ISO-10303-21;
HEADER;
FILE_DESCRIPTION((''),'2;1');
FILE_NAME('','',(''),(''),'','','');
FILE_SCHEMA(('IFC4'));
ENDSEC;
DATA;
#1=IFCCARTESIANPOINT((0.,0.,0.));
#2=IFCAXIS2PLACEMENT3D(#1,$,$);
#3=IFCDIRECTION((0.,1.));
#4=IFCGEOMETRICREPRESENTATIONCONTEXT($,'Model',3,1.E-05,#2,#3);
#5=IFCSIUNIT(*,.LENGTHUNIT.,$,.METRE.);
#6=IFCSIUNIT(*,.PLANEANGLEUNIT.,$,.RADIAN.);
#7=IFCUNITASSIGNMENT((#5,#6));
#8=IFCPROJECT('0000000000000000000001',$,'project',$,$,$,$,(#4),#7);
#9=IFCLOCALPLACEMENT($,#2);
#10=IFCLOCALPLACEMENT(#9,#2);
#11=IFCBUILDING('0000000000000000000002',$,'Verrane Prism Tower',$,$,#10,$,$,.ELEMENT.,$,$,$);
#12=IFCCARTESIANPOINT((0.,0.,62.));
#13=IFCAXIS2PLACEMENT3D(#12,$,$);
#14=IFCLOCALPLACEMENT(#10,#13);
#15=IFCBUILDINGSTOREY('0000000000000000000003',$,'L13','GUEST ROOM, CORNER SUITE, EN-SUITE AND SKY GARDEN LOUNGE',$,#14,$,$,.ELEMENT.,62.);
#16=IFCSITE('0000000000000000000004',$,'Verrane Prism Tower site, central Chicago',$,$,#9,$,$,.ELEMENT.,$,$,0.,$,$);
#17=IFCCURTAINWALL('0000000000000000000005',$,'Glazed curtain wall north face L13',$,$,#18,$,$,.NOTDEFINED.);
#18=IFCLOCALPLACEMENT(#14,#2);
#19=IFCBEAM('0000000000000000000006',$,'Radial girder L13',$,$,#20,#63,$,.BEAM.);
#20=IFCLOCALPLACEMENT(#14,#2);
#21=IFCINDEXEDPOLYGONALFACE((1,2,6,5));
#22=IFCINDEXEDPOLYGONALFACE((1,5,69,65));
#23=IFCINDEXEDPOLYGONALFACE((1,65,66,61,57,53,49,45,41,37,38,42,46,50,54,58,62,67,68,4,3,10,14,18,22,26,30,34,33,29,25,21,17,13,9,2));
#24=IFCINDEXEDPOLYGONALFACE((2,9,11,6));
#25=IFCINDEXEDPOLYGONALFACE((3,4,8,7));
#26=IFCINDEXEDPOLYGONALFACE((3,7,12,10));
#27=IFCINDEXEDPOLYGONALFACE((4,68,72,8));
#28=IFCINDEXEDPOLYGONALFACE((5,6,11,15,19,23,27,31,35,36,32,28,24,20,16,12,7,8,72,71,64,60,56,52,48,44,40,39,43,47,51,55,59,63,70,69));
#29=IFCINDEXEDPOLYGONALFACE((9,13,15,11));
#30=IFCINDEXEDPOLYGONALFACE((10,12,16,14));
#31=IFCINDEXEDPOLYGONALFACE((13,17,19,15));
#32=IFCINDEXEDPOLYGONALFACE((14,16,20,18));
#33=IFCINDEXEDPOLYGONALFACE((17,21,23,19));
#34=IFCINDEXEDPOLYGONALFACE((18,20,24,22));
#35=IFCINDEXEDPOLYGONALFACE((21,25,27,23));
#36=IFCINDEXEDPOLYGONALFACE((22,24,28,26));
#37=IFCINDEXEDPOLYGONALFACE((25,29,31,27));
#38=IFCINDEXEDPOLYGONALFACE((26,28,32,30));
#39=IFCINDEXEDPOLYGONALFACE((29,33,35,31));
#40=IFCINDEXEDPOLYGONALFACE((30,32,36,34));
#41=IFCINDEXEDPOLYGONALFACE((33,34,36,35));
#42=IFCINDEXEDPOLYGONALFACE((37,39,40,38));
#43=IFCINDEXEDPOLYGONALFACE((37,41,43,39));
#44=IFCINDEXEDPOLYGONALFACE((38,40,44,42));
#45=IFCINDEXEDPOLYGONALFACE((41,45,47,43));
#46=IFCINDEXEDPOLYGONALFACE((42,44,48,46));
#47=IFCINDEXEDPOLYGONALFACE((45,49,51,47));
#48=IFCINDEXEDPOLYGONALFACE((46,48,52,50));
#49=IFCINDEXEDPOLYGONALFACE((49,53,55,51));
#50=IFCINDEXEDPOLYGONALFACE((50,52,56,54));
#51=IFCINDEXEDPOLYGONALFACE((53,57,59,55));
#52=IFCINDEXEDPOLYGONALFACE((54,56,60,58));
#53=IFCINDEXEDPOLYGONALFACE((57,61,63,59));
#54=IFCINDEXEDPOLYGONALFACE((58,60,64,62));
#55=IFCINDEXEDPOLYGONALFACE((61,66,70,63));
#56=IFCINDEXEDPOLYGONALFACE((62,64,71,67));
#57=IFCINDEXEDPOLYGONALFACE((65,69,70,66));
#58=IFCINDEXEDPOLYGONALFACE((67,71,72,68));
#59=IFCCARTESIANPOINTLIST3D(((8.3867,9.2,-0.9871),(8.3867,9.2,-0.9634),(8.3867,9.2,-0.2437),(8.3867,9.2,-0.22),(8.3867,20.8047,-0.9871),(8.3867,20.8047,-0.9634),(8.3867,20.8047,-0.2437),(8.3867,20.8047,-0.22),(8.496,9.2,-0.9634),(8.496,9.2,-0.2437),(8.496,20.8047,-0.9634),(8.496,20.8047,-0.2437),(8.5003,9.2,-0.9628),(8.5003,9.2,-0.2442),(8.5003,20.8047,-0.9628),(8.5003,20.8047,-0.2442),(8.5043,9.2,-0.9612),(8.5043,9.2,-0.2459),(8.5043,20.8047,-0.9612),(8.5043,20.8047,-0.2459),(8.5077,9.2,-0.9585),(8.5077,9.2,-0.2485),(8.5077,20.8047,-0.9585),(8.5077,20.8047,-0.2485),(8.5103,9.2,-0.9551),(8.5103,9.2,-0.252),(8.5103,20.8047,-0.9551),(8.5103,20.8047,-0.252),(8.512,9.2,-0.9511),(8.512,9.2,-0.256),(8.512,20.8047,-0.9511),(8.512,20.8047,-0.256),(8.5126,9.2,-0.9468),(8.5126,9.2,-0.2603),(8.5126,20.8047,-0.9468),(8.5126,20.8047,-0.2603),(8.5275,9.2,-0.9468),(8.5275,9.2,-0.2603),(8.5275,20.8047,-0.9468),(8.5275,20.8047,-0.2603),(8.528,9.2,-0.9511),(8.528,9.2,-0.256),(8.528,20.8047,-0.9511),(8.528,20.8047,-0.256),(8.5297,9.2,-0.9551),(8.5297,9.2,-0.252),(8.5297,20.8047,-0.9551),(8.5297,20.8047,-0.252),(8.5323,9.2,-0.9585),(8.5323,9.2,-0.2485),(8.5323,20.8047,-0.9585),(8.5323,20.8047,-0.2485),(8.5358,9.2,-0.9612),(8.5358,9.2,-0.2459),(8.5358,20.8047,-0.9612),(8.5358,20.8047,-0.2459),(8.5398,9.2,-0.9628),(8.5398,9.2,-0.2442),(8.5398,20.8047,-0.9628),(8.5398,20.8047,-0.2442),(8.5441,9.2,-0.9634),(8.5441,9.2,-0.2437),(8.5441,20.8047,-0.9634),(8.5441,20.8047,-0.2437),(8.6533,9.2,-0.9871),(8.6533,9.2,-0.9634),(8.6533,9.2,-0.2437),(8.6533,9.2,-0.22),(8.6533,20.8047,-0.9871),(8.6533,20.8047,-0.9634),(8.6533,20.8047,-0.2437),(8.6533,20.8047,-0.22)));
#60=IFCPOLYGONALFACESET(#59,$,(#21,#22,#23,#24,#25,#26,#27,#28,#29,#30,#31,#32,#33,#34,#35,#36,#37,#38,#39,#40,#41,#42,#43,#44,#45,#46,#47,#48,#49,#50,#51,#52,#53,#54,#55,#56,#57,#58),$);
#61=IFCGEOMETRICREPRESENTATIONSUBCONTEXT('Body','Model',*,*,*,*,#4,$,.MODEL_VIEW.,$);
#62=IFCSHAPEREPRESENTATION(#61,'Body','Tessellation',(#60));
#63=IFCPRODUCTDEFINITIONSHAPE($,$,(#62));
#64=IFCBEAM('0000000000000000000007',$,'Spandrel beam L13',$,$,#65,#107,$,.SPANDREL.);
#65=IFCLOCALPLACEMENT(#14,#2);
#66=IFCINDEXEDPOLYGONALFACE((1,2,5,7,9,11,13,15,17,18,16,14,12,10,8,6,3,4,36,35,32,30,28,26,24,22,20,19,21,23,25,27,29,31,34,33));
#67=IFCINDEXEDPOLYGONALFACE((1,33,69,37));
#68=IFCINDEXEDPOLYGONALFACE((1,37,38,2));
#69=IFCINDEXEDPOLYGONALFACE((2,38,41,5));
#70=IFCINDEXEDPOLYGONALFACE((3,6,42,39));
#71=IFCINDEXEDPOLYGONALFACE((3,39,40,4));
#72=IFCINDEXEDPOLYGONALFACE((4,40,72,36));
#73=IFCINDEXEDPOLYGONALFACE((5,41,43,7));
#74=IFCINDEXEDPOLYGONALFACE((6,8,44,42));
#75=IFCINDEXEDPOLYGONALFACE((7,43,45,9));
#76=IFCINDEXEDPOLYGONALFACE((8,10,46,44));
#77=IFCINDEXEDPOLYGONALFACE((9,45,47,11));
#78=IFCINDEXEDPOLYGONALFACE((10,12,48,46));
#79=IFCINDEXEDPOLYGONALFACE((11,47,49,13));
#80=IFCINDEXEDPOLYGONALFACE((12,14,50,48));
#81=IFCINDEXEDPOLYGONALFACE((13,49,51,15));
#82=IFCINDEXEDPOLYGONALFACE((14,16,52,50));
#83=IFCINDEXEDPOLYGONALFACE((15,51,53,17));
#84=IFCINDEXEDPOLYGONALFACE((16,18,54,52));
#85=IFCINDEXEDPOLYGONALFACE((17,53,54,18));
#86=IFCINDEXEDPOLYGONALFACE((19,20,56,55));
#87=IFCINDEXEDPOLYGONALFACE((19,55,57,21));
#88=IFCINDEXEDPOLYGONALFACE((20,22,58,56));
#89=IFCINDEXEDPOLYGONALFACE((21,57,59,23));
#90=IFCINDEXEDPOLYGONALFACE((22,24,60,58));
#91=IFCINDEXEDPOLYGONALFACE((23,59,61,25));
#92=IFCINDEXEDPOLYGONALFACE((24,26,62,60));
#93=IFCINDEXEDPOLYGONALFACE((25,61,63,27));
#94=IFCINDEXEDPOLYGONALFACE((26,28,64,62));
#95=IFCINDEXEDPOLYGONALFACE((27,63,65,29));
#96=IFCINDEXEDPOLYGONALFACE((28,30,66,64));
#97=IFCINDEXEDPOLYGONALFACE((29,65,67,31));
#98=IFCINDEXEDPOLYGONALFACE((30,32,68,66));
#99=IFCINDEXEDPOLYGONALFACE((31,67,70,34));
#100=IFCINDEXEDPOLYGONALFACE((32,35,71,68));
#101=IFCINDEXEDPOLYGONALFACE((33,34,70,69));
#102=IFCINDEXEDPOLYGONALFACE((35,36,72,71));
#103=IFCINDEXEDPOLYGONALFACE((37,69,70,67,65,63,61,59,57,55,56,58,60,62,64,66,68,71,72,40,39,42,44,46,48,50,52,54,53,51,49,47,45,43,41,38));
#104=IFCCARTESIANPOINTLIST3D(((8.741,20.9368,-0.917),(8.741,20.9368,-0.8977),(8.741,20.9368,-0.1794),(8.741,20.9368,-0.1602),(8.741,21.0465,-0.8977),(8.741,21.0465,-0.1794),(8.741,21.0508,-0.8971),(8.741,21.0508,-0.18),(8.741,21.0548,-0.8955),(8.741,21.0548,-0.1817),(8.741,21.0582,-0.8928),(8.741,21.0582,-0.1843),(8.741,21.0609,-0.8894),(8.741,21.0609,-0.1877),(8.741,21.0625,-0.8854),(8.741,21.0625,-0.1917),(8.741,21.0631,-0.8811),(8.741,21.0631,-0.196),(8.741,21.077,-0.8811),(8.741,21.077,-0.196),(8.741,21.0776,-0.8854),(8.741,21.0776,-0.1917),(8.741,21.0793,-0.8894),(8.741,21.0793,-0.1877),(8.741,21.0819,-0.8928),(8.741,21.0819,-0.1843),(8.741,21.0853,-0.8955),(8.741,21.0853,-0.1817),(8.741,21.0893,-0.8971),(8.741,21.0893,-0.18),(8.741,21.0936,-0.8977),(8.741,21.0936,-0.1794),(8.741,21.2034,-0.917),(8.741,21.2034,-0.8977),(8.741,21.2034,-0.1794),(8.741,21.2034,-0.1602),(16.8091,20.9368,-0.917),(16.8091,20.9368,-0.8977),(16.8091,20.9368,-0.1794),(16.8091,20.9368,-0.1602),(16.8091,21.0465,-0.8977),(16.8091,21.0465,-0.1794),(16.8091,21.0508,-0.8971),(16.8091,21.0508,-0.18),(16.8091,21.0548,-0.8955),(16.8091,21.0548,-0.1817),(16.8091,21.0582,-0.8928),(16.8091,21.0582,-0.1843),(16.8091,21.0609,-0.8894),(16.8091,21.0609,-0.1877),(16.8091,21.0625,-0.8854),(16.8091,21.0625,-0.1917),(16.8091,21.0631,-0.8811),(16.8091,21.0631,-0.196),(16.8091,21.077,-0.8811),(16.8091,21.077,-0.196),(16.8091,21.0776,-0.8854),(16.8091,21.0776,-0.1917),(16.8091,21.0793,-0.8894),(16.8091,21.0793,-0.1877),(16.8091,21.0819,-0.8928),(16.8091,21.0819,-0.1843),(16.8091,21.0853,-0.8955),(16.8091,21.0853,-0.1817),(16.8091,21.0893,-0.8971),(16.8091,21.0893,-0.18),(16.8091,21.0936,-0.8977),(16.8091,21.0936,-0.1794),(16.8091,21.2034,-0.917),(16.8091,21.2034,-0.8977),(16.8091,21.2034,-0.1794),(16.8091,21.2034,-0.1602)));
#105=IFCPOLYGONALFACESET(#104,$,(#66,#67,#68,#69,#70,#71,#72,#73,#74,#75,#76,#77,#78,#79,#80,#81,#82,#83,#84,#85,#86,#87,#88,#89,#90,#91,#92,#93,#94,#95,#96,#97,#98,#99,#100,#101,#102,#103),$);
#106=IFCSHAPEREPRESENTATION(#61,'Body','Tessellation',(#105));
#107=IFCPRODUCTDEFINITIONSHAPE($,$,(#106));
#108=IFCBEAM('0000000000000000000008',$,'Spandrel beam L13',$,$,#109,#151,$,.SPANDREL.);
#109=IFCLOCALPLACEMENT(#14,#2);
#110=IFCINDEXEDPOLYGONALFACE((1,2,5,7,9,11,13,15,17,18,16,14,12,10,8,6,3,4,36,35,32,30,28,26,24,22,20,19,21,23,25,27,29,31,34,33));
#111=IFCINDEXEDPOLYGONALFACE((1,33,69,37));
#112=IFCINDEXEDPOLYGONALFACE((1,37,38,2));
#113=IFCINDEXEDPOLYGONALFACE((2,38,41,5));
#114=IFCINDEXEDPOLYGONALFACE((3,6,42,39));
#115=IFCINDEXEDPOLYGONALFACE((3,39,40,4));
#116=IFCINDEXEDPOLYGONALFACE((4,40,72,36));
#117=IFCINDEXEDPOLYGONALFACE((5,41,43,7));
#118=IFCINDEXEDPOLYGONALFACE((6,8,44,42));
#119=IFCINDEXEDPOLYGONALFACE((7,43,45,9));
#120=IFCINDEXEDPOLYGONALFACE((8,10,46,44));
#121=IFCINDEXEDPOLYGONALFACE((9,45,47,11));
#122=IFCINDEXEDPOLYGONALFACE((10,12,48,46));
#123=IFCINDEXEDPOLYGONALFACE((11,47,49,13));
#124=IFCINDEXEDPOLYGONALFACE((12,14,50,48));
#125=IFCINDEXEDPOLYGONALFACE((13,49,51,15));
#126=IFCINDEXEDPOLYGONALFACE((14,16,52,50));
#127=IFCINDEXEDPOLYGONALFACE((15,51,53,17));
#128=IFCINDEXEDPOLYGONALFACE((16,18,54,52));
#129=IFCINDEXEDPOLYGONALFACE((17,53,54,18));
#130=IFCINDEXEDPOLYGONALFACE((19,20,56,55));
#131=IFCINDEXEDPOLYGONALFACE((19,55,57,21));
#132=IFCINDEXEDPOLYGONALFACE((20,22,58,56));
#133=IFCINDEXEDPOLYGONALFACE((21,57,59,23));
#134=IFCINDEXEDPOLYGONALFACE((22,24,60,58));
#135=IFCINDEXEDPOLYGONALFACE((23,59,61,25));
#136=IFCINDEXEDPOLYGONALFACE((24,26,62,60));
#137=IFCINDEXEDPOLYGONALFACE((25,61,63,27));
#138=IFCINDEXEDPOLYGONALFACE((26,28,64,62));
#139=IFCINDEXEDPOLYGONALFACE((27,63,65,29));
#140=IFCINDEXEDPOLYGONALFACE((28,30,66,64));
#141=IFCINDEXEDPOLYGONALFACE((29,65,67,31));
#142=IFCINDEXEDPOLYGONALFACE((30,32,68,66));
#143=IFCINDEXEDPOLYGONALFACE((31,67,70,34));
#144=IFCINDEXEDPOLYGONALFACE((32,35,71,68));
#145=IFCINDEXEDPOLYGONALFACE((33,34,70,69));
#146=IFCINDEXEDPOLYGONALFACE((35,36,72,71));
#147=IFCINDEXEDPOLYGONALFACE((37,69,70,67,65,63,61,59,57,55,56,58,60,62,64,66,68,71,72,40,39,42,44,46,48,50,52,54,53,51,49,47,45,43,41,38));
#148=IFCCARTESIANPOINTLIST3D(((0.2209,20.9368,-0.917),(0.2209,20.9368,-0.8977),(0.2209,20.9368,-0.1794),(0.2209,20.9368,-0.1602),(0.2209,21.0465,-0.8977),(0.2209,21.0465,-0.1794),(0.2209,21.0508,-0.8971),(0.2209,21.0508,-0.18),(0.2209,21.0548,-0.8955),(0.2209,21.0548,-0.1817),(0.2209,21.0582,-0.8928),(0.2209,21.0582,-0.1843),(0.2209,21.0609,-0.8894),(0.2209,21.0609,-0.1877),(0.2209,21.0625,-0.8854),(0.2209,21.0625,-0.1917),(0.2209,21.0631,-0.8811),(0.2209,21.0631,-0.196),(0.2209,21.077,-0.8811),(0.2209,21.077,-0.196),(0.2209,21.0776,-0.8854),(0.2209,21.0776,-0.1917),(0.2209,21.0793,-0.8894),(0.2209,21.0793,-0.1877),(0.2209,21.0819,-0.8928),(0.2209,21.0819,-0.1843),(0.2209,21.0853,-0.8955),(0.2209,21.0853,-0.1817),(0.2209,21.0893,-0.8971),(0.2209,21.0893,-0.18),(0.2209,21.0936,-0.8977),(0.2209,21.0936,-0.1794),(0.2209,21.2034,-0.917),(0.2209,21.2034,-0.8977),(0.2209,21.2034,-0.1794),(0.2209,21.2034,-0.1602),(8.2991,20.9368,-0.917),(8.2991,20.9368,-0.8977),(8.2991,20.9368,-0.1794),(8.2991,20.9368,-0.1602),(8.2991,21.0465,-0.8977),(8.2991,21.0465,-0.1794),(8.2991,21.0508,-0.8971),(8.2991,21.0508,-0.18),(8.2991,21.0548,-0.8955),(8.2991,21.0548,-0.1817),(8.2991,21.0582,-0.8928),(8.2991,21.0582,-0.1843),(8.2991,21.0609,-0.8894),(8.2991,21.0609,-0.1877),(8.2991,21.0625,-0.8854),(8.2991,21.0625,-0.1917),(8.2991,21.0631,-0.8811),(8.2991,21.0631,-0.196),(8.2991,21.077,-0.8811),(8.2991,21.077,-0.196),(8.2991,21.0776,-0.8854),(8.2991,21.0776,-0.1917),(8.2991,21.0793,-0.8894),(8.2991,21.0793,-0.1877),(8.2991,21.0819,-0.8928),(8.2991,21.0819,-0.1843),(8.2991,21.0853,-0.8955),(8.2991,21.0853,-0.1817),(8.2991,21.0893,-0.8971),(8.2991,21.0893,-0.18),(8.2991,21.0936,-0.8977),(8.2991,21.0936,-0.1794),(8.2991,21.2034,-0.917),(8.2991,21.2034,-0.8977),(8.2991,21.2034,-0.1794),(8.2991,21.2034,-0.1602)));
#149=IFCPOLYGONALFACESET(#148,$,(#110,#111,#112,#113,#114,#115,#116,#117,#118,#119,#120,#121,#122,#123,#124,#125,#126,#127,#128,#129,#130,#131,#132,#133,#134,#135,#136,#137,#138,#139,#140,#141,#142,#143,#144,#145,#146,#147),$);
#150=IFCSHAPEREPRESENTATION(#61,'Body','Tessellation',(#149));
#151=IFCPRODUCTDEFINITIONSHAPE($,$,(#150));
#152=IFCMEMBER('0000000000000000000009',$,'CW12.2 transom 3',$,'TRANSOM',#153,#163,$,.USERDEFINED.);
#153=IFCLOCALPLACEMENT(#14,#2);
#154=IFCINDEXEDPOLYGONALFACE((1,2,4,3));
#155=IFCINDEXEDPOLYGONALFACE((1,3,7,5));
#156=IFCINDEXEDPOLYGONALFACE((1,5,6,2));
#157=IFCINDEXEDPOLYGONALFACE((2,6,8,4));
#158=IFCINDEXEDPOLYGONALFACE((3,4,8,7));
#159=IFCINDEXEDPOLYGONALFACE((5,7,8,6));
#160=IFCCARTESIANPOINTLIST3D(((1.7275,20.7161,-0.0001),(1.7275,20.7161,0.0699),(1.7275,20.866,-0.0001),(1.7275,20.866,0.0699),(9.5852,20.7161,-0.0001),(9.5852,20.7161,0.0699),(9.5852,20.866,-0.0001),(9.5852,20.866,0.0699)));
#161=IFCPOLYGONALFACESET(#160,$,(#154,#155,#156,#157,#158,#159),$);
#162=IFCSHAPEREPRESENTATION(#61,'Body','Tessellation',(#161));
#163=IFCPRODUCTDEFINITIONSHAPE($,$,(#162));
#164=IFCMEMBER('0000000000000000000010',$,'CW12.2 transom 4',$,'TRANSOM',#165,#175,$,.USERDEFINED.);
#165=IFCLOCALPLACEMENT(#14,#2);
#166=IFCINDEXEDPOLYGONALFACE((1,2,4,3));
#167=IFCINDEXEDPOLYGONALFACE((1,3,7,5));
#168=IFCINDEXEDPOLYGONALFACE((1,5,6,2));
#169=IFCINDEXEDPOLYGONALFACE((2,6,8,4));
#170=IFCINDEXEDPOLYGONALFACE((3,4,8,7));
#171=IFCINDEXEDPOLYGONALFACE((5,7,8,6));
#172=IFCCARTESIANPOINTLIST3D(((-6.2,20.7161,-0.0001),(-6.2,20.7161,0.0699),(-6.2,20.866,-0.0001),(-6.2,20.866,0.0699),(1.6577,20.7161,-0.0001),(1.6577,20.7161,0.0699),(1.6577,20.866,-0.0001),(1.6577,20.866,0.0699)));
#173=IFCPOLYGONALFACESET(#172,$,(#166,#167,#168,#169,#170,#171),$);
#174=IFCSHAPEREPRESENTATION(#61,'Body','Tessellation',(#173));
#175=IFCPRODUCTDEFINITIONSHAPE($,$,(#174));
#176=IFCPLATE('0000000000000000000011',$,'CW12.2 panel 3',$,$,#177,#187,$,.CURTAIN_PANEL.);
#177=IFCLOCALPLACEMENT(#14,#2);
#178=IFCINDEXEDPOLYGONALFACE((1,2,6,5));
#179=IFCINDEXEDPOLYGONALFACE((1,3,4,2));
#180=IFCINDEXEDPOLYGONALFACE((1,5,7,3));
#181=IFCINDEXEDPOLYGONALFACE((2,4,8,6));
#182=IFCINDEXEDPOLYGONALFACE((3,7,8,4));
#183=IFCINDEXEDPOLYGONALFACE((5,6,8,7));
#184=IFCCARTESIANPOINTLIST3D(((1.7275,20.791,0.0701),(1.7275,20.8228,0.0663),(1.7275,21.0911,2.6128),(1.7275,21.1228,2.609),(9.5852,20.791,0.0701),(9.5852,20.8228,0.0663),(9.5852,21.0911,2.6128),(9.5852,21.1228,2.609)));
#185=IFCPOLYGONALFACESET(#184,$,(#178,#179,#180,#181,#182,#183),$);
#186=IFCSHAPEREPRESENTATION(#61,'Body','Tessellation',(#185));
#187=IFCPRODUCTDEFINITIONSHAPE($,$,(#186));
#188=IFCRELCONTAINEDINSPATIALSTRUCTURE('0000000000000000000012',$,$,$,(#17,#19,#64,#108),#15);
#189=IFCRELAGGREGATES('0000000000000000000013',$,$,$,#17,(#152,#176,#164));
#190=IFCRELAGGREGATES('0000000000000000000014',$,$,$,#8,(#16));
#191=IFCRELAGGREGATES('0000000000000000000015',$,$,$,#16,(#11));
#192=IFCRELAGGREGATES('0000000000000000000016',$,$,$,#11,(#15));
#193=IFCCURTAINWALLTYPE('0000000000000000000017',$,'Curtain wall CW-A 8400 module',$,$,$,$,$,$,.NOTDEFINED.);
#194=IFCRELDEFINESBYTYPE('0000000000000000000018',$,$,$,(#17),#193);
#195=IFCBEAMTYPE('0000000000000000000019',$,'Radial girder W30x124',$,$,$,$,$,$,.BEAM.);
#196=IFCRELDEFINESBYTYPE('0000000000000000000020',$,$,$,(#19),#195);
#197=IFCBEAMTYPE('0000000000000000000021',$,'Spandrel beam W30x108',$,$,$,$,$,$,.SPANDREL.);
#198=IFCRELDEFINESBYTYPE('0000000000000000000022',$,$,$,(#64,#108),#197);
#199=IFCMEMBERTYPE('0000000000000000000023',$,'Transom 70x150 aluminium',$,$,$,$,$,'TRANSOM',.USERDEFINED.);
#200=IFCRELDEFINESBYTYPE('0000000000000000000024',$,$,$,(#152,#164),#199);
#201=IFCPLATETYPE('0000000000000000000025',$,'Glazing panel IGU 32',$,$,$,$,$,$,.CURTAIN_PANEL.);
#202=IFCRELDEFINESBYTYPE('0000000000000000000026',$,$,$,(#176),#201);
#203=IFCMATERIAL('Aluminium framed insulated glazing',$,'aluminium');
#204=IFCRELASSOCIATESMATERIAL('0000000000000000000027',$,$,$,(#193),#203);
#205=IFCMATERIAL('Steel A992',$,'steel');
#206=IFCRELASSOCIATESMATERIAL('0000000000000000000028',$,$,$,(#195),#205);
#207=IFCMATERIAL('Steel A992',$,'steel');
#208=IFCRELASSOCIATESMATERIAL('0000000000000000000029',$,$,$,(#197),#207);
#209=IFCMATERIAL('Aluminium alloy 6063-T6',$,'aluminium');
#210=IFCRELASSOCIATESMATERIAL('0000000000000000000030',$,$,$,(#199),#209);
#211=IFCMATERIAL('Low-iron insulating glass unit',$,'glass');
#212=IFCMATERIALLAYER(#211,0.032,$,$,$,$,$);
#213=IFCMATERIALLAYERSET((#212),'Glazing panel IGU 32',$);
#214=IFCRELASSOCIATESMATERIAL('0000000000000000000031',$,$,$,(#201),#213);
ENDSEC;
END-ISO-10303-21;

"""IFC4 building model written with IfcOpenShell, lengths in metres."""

from ifc_helpers import new_model, si_unit, direction, frame, origin, origin_2d, place, context, subcontext, project, spatial, polyline, rectangle, i_section, outline, extrude, material, layer, layer_set, material_profile, profile_set, type_object, element, aggregate, save


model = new_model("IFC4")

# Units and contexts
model_context = context("Model", 3, precision=1e-05, world=origin(), true_north=direction((0.0, 1.0)))
body_context = subcontext(model_context, "Body", "Model", "MODEL_VIEW")
ifc_project = project(units=[si_unit("LENGTHUNIT", "METRE"), si_unit("PLANEANGLEUNIT", "RADIAN")], contexts=[model_context])

# Site, building, storey
site_placement = place(None, origin())
site = spatial("IfcSite", under=ifc_project, at=site_placement, Name="Verrane Prism Tower site, central Chicago", CompositionType="ELEMENT", RefElevation=0.0)
building_placement = place(site_placement, origin())
building = spatial("IfcBuilding", under=site, at=building_placement, Name="Verrane Prism Tower", CompositionType="ELEMENT")
storey_placement = place(building_placement, frame((0.0, 0.0, 62.0)))
storey = spatial("IfcBuildingStorey", under=building, at=storey_placement, Name="L13", Description="GUEST ROOM, CORNER SUITE, EN-SUITE AND SKY GARDEN LOUNGE", CompositionType="ELEMENT", Elevation=62.0)

# Curtain wall
ifc_material_1 = material(Name="Aluminium framed insulated glazing", Category="aluminium")
curtain_wall_type = type_object("IfcCurtainWallType", Name="Curtain wall CW-A 8400 module", PredefinedType="NOTDEFINED", material=ifc_material_1)
curtain_wall_placement = place(storey_placement, origin())
curtain_wall = element("IfcCurtainWall", 1, at=curtain_wall_placement, inside=storey, type_object=curtain_wall_type, Name="Glazed curtain wall north face L13", PredefinedType="NOTDEFINED")

# Beams
ifc_material_2 = material(Name="Steel A992", Category="steel")
ifc_material_profile_1 = material_profile(ifc_material_2, i_section(OverallWidth=0.2666, OverallDepth=0.7671, WebThickness=0.0149, FlangeThickness=0.0237, FilletRadius=0.0166, at=origin_2d()), Name="W30x124")
ifc_profile_set_1 = profile_set([ifc_material_profile_1], Name="Steel A992")
beam_type_1 = type_object("IfcBeamType", Name="Radial girder W30x124", PredefinedType="BEAM", material=ifc_profile_set_1)
beam_1_placement = place(storey_placement, frame((8.52, 20.8047, -0.6035), z_axis=(0.0, -1.0, 0.0), x_axis=(1.0, 0.0, 0.0)))
element("IfcBeam", 2, at=beam_1_placement, inside=storey, type_object=beam_type_1, Name="Radial girder L13", PredefinedType="BEAM", context=body_context, shape_type="SweptSolid", body=[
    extrude(i_section(OverallWidth=0.2666, OverallDepth=0.7671, WebThickness=0.0149, FlangeThickness=0.0237, FilletRadius=0.0166, at=origin_2d()), origin(), (0.0, 0.0, 1.0), 11.6047),
])
ifc_material_3 = material(Name="Steel A992", Category="steel")
ifc_material_profile_2 = material_profile(ifc_material_3, i_section(OverallWidth=0.2666, OverallDepth=0.7568, WebThickness=0.0139, FlangeThickness=0.0193, FilletRadius=0.0166, at=origin_2d()), Name="W30x108")
ifc_profile_set_2 = profile_set([ifc_material_profile_2], Name="Steel A992")
beam_type_2 = type_object("IfcBeamType", Name="Spandrel beam W30x108", PredefinedType="SPANDREL", material=ifc_profile_set_2)
beam_2_placement = place(storey_placement, frame((16.8091, 21.0701, -0.5386), z_axis=(-1.0, 0.0, 0.0), x_axis=(0.0, -1.0, 0.0)))
element("IfcBeam", 3, at=beam_2_placement, inside=storey, type_object=beam_type_2, Name="Spandrel beam L13", PredefinedType="SPANDREL", context=body_context, shape_type="SweptSolid", body=[
    extrude(i_section(OverallWidth=0.2666, OverallDepth=0.7568, WebThickness=0.0139, FlangeThickness=0.0193, FilletRadius=0.0166, at=origin_2d()), origin(), (0.0, 0.0, 1.0), 8.0681),
])
beam_3_placement = place(storey_placement, frame((8.2991, 21.0701, -0.5386), z_axis=(-1.0, 0.0, 0.0), x_axis=(0.0, -1.0, 0.0)))
element("IfcBeam", 4, at=beam_3_placement, inside=storey, type_object=beam_type_2, Name="Spandrel beam L13", PredefinedType="SPANDREL", context=body_context, shape_type="SweptSolid", body=[
    extrude(i_section(OverallWidth=0.2666, OverallDepth=0.7568, WebThickness=0.0139, FlangeThickness=0.0193, FilletRadius=0.0166, at=origin_2d()), origin(), (0.0, 0.0, 1.0), 8.0781),
])

# Members
ifc_material_4 = material(Name="Aluminium alloy 6063-T6", Category="aluminium")
ifc_material_profile_3 = material_profile(ifc_material_4, rectangle(XDim=0.1499, YDim=0.0701, at=origin_2d()), Name="Transom 70x150 aluminium")
ifc_profile_set_3 = profile_set([ifc_material_profile_3], Name="Aluminium alloy 6063-T6")
member_type_1 = type_object("IfcMemberType", Name="Transom 70x150 aluminium", ElementType="TRANSOM", PredefinedType="USERDEFINED", material=ifc_profile_set_3)
member_1_placement = place(storey_placement, frame((9.5852, 20.791, 0.0349), z_axis=(-1.0, 0.0, 0.0), x_axis=(0.0, -1.0, 0.0)))
member_1 = element("IfcMember", 5, at=member_1_placement, type_object=member_type_1, Name="CW12.2 transom 3", ObjectType="TRANSOM", PredefinedType="USERDEFINED", context=body_context, shape_type="SweptSolid", body=[
    extrude(rectangle(XDim=0.1499, YDim=0.0701, at=origin_2d()), origin(), (0.0, 0.0, 1.0), 7.8577),
])
member_2_placement = place(storey_placement, frame((1.6577, 20.791, 0.0349), z_axis=(-1.0, 0.0, 0.0), x_axis=(0.0, -1.0, 0.0)))
member_2 = element("IfcMember", 6, at=member_2_placement, type_object=member_type_1, Name="CW12.2 transom 4", ObjectType="TRANSOM", PredefinedType="USERDEFINED", context=body_context, shape_type="SweptSolid", body=[
    extrude(rectangle(XDim=0.1499, YDim=0.0701, at=origin_2d()), origin(), (0.0, 0.0, 1.0), 7.8577),
])

# Plate
ifc_material_5 = material(Name="Low-iron insulating glass unit", Category="glass")
ifc_layer_1 = layer(ifc_material_5, 0.032)
ifc_layer_set_1 = layer_set([ifc_layer_1], Name="Glazing panel IGU 32")
plate_type = type_object("IfcPlateType", Name="Glazing panel IGU 32", PredefinedType="CURTAIN_PANEL", material=ifc_layer_set_1)
plate_1_placement = place(storey_placement, frame((9.5852, 20.791, 0.0701), z_axis=(0.0, -0.99311, 0.11719), x_axis=(-1.0, 0.0, 0.0)))
plate_1 = element("IfcPlate", 7, at=plate_1_placement, type_object=plate_type, Name="CW12.2 panel 3", PredefinedType="CURTAIN_PANEL", context=body_context, shape_type="SweptSolid", body=[
    extrude(outline(polyline([(0.0, 0.0), (7.8577, 0.0), (7.8577, -2.5604), (0.0, -2.5604), (0.0, 0.0)])), origin(), (0.0, 0.0, -1.0), 0.032),
])
aggregate(curtain_wall, [member_1, plate_1, member_2])

save(model, "model.ifc")
